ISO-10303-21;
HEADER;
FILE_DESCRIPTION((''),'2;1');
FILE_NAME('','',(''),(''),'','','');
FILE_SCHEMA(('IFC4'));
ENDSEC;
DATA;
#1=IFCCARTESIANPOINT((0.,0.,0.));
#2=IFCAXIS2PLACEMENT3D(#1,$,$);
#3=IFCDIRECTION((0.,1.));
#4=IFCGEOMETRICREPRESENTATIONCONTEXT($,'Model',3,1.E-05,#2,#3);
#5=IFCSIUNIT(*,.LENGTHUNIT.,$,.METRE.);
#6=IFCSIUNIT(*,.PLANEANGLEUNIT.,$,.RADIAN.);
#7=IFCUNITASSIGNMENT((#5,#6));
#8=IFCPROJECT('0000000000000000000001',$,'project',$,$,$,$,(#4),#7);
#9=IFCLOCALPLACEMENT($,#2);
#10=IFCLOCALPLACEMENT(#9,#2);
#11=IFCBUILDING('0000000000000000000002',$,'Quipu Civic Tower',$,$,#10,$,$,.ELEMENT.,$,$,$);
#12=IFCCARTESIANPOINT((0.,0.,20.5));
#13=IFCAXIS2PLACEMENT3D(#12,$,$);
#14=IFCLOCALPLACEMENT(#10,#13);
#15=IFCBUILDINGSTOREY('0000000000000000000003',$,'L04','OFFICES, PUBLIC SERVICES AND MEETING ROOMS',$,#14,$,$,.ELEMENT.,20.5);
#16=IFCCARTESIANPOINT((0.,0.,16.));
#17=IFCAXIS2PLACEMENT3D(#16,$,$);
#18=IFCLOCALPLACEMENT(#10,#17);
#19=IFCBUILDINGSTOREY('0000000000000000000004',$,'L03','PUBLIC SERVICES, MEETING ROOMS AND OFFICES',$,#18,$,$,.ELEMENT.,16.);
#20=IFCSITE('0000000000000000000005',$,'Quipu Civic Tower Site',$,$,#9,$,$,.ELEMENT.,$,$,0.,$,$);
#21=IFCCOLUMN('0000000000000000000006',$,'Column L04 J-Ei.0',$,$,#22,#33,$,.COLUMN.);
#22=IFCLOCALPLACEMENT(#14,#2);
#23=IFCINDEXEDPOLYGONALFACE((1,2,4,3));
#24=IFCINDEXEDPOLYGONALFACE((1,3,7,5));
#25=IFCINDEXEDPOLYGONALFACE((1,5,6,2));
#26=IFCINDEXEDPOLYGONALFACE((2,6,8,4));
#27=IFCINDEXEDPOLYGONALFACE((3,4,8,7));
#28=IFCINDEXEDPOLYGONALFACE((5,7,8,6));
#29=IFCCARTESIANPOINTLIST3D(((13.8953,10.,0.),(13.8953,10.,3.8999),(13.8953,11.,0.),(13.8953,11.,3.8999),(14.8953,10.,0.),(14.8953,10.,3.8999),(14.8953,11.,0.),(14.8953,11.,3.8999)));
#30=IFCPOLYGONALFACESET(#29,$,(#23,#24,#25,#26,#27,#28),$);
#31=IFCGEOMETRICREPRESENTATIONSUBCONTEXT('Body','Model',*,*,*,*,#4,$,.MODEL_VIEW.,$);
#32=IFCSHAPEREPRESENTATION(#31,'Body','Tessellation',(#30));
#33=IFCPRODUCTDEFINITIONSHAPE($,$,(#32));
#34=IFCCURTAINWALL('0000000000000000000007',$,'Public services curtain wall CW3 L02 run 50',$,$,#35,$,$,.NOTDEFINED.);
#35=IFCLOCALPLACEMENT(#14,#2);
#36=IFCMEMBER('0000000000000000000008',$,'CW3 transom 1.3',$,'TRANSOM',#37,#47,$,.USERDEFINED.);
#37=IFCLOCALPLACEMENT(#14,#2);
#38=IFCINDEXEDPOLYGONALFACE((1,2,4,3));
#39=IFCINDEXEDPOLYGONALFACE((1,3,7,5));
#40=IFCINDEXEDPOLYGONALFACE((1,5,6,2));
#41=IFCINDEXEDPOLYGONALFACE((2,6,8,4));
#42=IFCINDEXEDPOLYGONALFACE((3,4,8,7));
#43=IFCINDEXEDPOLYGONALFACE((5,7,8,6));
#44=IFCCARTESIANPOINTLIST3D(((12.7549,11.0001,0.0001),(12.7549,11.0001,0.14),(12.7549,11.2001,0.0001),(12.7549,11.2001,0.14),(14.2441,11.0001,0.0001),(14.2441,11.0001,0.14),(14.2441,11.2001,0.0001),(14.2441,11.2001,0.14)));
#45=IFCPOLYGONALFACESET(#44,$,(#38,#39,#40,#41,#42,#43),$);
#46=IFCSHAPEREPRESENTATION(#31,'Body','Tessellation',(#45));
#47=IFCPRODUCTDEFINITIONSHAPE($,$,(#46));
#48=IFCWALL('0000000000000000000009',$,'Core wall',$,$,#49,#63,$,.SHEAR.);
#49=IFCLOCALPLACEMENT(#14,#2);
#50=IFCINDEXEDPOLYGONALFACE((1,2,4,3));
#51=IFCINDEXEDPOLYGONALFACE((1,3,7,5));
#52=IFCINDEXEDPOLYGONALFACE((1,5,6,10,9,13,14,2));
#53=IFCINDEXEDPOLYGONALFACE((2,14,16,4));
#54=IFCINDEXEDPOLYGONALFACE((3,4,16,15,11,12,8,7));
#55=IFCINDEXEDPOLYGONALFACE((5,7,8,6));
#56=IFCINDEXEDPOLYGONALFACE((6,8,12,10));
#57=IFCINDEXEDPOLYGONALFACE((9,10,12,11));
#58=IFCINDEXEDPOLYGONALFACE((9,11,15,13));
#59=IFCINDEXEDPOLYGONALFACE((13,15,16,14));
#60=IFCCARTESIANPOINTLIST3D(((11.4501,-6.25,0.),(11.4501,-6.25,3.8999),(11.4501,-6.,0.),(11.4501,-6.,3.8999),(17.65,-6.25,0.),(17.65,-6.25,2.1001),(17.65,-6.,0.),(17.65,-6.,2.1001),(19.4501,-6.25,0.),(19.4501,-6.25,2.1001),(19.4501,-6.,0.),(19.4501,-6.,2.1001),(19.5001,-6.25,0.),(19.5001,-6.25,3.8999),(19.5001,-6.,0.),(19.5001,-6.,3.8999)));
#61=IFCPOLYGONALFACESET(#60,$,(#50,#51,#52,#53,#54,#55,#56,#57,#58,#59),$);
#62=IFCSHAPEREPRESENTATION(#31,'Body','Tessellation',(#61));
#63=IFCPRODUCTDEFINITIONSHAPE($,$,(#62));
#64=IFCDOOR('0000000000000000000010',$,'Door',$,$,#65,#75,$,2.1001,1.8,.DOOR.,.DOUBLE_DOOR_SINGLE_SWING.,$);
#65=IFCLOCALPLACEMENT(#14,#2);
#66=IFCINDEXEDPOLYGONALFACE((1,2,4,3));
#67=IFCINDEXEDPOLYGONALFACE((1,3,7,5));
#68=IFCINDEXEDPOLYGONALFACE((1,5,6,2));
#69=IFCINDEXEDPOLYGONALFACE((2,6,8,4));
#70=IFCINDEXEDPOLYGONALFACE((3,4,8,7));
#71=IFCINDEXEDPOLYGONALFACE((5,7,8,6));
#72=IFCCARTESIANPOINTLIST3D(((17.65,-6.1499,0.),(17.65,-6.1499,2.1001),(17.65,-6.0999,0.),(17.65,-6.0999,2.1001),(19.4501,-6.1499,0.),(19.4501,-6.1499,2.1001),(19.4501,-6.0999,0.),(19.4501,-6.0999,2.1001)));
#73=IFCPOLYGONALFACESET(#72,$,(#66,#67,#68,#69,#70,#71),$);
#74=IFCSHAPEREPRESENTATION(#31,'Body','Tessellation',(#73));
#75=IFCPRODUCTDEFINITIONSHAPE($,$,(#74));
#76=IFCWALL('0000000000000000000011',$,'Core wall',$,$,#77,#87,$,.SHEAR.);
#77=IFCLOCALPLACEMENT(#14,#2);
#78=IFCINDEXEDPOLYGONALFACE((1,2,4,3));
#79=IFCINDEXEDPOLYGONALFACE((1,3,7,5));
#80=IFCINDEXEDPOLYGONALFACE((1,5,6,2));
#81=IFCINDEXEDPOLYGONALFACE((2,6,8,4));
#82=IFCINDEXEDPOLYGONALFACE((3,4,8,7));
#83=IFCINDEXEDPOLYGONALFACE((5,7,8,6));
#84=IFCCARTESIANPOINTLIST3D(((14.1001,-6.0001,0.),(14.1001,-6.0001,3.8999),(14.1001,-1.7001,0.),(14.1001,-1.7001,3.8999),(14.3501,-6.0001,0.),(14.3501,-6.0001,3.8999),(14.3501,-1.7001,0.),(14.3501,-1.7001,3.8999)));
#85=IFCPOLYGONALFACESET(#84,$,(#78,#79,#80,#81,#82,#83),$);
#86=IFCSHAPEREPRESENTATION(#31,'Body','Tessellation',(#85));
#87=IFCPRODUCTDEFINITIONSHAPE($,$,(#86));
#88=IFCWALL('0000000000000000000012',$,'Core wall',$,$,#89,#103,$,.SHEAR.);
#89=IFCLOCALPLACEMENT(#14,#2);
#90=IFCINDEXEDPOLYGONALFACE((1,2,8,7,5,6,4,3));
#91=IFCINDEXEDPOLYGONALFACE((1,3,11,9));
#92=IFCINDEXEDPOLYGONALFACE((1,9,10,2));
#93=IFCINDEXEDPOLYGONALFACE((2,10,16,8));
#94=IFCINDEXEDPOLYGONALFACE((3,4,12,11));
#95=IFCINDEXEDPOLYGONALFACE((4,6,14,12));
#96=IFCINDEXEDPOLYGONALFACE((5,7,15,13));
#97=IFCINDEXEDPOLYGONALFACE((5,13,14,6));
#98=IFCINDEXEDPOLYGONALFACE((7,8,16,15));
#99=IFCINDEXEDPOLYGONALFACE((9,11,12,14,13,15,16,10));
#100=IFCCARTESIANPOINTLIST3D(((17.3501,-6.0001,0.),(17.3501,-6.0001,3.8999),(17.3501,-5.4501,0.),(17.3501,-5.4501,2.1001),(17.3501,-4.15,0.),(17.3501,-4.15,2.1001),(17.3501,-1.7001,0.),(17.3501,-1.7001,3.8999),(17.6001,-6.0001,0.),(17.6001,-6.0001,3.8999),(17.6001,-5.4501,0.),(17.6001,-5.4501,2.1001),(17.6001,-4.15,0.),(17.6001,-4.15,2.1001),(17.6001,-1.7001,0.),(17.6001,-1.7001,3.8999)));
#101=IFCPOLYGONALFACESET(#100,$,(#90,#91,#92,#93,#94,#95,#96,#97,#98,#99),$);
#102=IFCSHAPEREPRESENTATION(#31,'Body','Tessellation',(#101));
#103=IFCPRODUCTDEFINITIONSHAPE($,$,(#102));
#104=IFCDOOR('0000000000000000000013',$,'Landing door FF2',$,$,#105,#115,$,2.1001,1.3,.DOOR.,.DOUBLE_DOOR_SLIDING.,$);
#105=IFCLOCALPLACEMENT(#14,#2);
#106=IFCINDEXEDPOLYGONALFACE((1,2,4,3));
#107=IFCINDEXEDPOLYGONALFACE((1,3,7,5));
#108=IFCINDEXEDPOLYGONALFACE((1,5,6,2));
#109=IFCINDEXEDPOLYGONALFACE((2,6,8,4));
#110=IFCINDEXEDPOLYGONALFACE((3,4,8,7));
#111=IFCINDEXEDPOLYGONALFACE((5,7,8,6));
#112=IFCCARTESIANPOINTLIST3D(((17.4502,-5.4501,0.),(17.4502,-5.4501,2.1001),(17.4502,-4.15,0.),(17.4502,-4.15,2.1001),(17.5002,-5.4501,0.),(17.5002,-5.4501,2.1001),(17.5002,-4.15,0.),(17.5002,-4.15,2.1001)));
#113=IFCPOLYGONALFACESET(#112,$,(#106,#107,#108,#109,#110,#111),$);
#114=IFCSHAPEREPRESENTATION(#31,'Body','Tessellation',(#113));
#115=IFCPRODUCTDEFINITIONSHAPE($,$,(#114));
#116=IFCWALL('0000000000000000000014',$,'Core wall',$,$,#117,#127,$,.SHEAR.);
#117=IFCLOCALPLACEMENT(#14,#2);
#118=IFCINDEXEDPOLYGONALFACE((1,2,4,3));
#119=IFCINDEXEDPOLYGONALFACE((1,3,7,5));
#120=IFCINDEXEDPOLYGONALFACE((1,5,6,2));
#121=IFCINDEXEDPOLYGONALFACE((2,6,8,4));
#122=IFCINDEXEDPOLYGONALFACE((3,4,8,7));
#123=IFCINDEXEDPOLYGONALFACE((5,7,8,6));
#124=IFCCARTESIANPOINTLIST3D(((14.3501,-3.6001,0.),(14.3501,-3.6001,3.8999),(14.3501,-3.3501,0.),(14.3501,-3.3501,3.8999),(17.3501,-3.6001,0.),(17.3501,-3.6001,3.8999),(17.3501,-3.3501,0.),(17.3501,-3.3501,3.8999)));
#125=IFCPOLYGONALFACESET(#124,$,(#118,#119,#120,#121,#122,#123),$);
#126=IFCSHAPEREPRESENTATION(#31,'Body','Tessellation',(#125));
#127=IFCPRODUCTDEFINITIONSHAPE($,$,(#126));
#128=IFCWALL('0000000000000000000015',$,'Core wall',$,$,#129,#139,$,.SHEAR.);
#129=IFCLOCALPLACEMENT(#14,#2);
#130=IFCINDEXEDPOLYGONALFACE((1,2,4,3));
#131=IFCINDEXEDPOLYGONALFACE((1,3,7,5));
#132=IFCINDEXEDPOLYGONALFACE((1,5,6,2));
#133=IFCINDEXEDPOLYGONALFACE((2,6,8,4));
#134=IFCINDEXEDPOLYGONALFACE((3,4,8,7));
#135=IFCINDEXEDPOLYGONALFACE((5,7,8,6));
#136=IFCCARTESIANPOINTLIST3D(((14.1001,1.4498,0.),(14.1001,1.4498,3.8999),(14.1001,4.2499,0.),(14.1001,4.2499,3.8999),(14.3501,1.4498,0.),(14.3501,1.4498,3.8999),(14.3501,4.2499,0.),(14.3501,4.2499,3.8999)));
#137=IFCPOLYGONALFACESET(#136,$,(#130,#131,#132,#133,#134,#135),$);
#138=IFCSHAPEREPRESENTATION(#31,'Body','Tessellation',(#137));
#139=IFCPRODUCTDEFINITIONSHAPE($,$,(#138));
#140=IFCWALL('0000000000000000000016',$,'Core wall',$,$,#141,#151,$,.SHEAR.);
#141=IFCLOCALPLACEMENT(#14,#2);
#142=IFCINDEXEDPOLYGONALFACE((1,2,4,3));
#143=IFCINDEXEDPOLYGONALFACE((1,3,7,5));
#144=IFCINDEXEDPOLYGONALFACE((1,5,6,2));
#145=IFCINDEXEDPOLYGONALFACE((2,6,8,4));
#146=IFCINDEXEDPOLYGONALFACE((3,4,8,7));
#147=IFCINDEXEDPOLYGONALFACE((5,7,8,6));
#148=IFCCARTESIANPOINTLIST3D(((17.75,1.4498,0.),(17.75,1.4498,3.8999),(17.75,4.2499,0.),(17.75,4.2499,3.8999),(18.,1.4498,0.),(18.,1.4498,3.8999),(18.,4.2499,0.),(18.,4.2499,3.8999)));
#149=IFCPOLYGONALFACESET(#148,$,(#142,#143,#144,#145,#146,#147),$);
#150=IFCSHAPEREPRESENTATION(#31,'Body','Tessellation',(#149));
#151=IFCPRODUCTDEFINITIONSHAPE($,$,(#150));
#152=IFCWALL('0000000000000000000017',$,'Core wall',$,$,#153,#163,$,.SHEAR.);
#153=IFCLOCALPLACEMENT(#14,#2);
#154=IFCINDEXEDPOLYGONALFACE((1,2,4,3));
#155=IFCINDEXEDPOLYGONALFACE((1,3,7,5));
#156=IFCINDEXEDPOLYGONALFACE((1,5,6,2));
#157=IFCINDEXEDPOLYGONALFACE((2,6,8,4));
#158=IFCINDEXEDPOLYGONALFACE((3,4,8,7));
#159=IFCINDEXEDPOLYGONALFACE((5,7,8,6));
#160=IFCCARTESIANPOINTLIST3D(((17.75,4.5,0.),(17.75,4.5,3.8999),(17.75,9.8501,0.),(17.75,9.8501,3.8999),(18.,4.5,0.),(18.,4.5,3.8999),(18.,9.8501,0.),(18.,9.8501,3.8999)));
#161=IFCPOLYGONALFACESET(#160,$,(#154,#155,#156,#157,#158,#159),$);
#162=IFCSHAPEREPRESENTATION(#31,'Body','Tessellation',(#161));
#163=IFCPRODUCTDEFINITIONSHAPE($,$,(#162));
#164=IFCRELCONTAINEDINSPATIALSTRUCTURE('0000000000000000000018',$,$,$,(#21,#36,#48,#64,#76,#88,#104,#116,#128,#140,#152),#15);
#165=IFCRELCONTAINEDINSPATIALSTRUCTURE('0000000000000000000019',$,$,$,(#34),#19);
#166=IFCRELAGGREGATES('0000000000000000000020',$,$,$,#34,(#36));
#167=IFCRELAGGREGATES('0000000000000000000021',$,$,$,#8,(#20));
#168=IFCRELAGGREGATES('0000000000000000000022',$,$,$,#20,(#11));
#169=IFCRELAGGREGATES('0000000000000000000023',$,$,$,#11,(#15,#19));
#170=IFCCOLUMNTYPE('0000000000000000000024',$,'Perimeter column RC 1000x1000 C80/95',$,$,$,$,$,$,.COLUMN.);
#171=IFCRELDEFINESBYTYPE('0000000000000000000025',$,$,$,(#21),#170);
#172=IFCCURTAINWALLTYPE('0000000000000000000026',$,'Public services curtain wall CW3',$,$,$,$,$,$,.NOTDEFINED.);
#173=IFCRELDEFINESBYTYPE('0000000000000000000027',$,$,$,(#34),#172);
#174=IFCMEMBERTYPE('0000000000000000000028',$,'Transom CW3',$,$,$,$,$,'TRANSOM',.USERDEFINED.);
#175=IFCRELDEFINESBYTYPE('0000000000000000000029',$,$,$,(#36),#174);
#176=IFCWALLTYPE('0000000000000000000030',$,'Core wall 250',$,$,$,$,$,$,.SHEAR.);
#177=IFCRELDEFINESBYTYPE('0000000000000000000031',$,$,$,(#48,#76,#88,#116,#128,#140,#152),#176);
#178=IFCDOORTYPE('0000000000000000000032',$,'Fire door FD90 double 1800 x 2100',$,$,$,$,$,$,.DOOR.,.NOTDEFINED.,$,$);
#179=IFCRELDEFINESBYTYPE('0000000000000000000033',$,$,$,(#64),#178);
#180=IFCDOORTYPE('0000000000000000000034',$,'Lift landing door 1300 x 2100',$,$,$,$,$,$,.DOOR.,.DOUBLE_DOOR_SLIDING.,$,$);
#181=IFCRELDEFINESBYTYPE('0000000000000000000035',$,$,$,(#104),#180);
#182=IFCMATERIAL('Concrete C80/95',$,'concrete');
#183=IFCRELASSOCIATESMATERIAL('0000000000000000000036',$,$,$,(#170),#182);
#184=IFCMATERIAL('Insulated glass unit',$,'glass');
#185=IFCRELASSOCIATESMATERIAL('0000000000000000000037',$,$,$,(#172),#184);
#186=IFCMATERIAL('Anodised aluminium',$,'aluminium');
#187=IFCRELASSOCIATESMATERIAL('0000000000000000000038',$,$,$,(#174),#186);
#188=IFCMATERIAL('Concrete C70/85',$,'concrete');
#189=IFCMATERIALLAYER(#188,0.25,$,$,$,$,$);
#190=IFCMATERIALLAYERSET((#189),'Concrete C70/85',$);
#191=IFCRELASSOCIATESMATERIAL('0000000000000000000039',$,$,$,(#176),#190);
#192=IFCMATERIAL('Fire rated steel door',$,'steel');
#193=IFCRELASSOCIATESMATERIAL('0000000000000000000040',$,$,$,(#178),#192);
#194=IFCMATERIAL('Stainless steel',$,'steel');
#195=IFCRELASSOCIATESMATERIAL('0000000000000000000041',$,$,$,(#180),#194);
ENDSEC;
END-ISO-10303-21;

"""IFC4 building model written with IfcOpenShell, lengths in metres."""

from ifc_helpers import new_model, si_unit, direction, frame, frame_2d, origin, origin_2d, place, context, subcontext, project, spatial, rectangle, extrude, material, layer, layer_set, material_profile, profile_set, type_object, element, fill, aggregate, save


model = new_model("IFC4")

# Units and contexts
model_context = context("Model", 3, precision=1e-05, world=origin(), true_north=direction((0.0, 1.0)))
body_context = subcontext(model_context, "Body", "Model", "MODEL_VIEW")
ifc_project = project(units=[si_unit("LENGTHUNIT", "METRE"), si_unit("PLANEANGLEUNIT", "RADIAN")], contexts=[model_context])

# Site, building, storey
site_placement = place(None, origin())
site = spatial("IfcSite", under=ifc_project, at=site_placement, Name="Quipu Civic Tower Site", CompositionType="ELEMENT", RefElevation=0.0)
building_placement = place(site_placement, origin())
building = spatial("IfcBuilding", under=site, at=building_placement, Name="Quipu Civic Tower", CompositionType="ELEMENT")
storey_1_placement = place(building_placement, frame((0.0, 0.0, 20.5)))
storey_1 = spatial("IfcBuildingStorey", under=building, at=storey_1_placement, Name="L04", Description="OFFICES, PUBLIC SERVICES AND MEETING ROOMS", CompositionType="ELEMENT", Elevation=20.5)

# Column
ifc_material_1 = material(Name="Concrete C80/95", Category="concrete")
ifc_material_profile_1 = material_profile(ifc_material_1, rectangle(XDim=1.0, YDim=1.0, at=origin_2d()), Name="RC1000x1000")
ifc_profile_set_1 = profile_set([ifc_material_profile_1], Name="Concrete C80/95")
column_type = type_object("IfcColumnType", Name="Perimeter column RC 1000x1000 C80/95", PredefinedType="COLUMN", material=ifc_profile_set_1)
column_placement = place(storey_1_placement, frame((14.3953, 10.5, 0.0), z_axis=(0.0, 0.0, 1.0), x_axis=(-1.0, 0.0, 0.0)))
element("IfcColumn", 1, at=column_placement, inside=storey_1, type_object=column_type, Name="Column L04 J-Ei.0", PredefinedType="COLUMN", context=body_context, shape_type="SweptSolid", body=[
    extrude(rectangle(XDim=1.0, YDim=1.0, at=origin_2d()), origin(), (0.0, 0.0, 1.0), 3.8999),
])

# Shared definitions
storey_2_placement = place(building_placement, frame((0.0, 0.0, 16.0)))
storey_2 = spatial("IfcBuildingStorey", under=building, at=storey_2_placement, Name="L03", Description="PUBLIC SERVICES, MEETING ROOMS AND OFFICES", CompositionType="ELEMENT", Elevation=16.0)

# Curtain wall, member
ifc_material_2 = material(Name="Insulated glass unit", Category="glass")
curtain_wall_type = type_object("IfcCurtainWallType", Name="Public services curtain wall CW3", PredefinedType="NOTDEFINED", material=ifc_material_2)
curtain_wall_placement = place(storey_2_placement, origin())
curtain_wall = element("IfcCurtainWall", 2, at=curtain_wall_placement, inside=storey_2, type_object=curtain_wall_type, Name="Public services curtain wall CW3 L02 run 50", PredefinedType="NOTDEFINED")
ifc_material_3 = material(Name="Anodised aluminium", Category="aluminium")
ifc_material_profile_2 = material_profile(ifc_material_3, rectangle(XDim=0.2, YDim=0.1399, at=origin_2d()), Name="RECT 200x140")
ifc_profile_set_2 = profile_set([ifc_material_profile_2], Name="Anodised aluminium")
member_type = type_object("IfcMemberType", Name="Transom CW3", ElementType="TRANSOM", PredefinedType="USERDEFINED", material=ifc_profile_set_2)
member_placement = place(storey_1_placement, frame((14.2441, 11.1001, 0.0701), z_axis=(-1.0, 0.0, 0.0), x_axis=(0.0, -1.0, 0.0)))
member = element("IfcMember", 3, at=member_placement, inside=storey_1, type_object=member_type, Name="CW3 transom 1.3", ObjectType="TRANSOM", PredefinedType="USERDEFINED", context=body_context, shape_type="SweptSolid", body=[
    extrude(rectangle(XDim=0.2, YDim=0.1399, at=origin_2d()), origin(), (0.0, 0.0, 1.0), 1.4893),
])
aggregate(curtain_wall, [member])

# Wall, opening, door
ifc_material_4 = material(Name="Concrete C70/85", Category="concrete")
ifc_layer_1 = layer(ifc_material_4, 0.25)
ifc_layer_set_1 = layer_set([ifc_layer_1], Name="Concrete C70/85")
wall_type_1 = type_object("IfcWallType", Name="Core wall 250", PredefinedType="SHEAR", material=ifc_layer_set_1)
wall_1_placement = place(storey_1_placement, frame((19.5, -6.125, 0.0), z_axis=(0.0, 0.0, 1.0), x_axis=(-1.0, 0.0, 0.0)))
wall_1 = element("IfcWall", 4, at=wall_1_placement, inside=storey_1, type_object=wall_type_1, Name="Core wall", PredefinedType="SHEAR", context=body_context, shape_type="SweptSolid", body=[
    extrude(rectangle(XDim=8.05, YDim=0.25, at=frame_2d((4.0249, 0.0))), origin(), (0.0, 0.0, 1.0), 3.8999),
])
opening_1_placement = place(wall_1_placement, frame((0.05, 0.0, 0.0)))
opening_1 = element("IfcOpeningElement", 5, at=opening_1_placement, cuts=wall_1, PredefinedType="OPENING", context=body_context, shape_type="SweptSolid", body=[
    extrude(rectangle(XDim=1.8, YDim=2.1001, at=frame_2d((0.8999, 1.05))), frame((0.0, 0.135, 0.0), z_axis=(0.0, -1.0, 0.0), x_axis=(1.0, 0.0, 0.0)), (0.0, 0.0, 1.0), 0.27),
])
ifc_material_5 = material(Name="Fire rated steel door", Category="steel")
door_type_1 = type_object("IfcDoorType", Name="Fire door FD90 double 1800 x 2100", OperationType="NOTDEFINED", PredefinedType="DOOR", material=ifc_material_5)
door_1_placement = place(opening_1_placement, origin())
door_1 = element("IfcDoor", 6, at=door_1_placement, inside=storey_1, type_object=door_type_1, Name="Door", OperationType="DOUBLE_DOOR_SINGLE_SWING", OverallHeight=2.1001, OverallWidth=1.8, PredefinedType="DOOR", context=body_context, shape_type="SweptSolid", body=[
    extrude(rectangle(XDim=1.8, YDim=2.1001, at=frame_2d((0.8999, 1.05))), frame((0.0, 0.0249, 0.0), z_axis=(0.0, -1.0, 0.0), x_axis=(1.0, 0.0, 0.0)), (0.0, 0.0, 1.0), 0.05),
])
fill(opening_1, door_1)

# Wall
wall_2_placement = place(storey_1_placement, frame((14.2251, -6.0, 0.0), z_axis=(0.0, 0.0, 1.0), x_axis=(0.0, 1.0, 0.0)))
element("IfcWall", 7, at=wall_2_placement, inside=storey_1, type_object=wall_type_1, Name="Core wall", PredefinedType="SHEAR", context=body_context, shape_type="SweptSolid", body=[
    extrude(rectangle(XDim=4.3, YDim=0.25, at=frame_2d((2.1499, 0.0))), origin(), (0.0, 0.0, 1.0), 3.8999),
])

# Wall, opening, door
wall_3_placement = place(storey_1_placement, frame((17.4751, -6.0, 0.0), z_axis=(0.0, 0.0, 1.0), x_axis=(0.0, 1.0, 0.0)))
wall_3 = element("IfcWall", 8, at=wall_3_placement, inside=storey_1, type_object=wall_type_1, Name="Core wall", PredefinedType="SHEAR", context=body_context, shape_type="SweptSolid", body=[
    extrude(rectangle(XDim=4.3, YDim=0.25, at=frame_2d((2.1499, 0.0))), origin(), (0.0, 0.0, 1.0), 3.8999),
])
opening_2_placement = place(wall_3_placement, frame((0.55, 0.0, 0.0)))
opening_2 = element("IfcOpeningElement", 9, at=opening_2_placement, cuts=wall_3, PredefinedType="OPENING", context=body_context, shape_type="SweptSolid", body=[
    extrude(rectangle(XDim=1.3, YDim=2.1001, at=frame_2d((0.6499, 1.05))), frame((0.0, 0.135, 0.0), z_axis=(0.0, -1.0, 0.0), x_axis=(1.0, 0.0, 0.0)), (0.0, 0.0, 1.0), 0.27),
])
ifc_material_6 = material(Name="Stainless steel", Category="steel")
door_type_2 = type_object("IfcDoorType", Name="Lift landing door 1300 x 2100", OperationType="DOUBLE_DOOR_SLIDING", PredefinedType="DOOR", material=ifc_material_6)
door_2_placement = place(opening_2_placement, origin())
door_2 = element("IfcDoor", 10, at=door_2_placement, inside=storey_1, type_object=door_type_2, Name="Landing door FF2", OperationType="DOUBLE_DOOR_SLIDING", OverallHeight=2.1001, OverallWidth=1.3, PredefinedType="DOOR", context=body_context, shape_type="SweptSolid", body=[
    extrude(rectangle(XDim=1.3, YDim=2.1001, at=frame_2d((0.6499, 1.05))), frame((0.0, 0.0249, 0.0), z_axis=(0.0, -1.0, 0.0), x_axis=(1.0, 0.0, 0.0)), (0.0, 0.0, 1.0), 0.05),
])
fill(opening_2, door_2)

# Walls
wall_4_placement = place(storey_1_placement, frame((14.3501, -3.4751, 0.0), z_axis=(0.0, 0.0, 1.0), x_axis=(1.0, 0.0, 0.0)))
element("IfcWall", 11, at=wall_4_placement, inside=storey_1, type_object=wall_type_1, Name="Core wall", PredefinedType="SHEAR", context=body_context, shape_type="SweptSolid", body=[
    extrude(rectangle(XDim=3.0, YDim=0.25, at=frame_2d((1.5, 0.0))), origin(), (0.0, 0.0, 1.0), 3.8999),
])
for number, where, z_axis, x_axis, name in (
    (12, (14.2251, 1.45, 0.0), (0.0, 0.0, 1.0), (0.0, 1.0, 0.0), "Core wall"),
    (13, (17.875, 1.45, 0.0), (0.0, 0.0, 1.0), (0.0, 1.0, 0.0), "Core wall"),
):
    element("IfcWall", number, at=place(storey_1_placement, frame(where, z_axis=z_axis, x_axis=x_axis)), inside=storey_1, type_object=wall_type_1, Name=name, PredefinedType="SHEAR", context=body_context, shape_type="SweptSolid", body=[
        extrude(rectangle(XDim=2.8, YDim=0.25, at=frame_2d((1.3999, 0.0))), origin(), (0.0, 0.0, 1.0), 3.8999),
    ])
wall_5_placement = place(storey_1_placement, frame((17.875, 4.5, 0.0), z_axis=(0.0, 0.0, 1.0), x_axis=(0.0, 1.0, 0.0)))
element("IfcWall", 14, at=wall_5_placement, inside=storey_1, type_object=wall_type_1, Name="Core wall", PredefinedType="SHEAR", context=body_context, shape_type="SweptSolid", body=[
    extrude(rectangle(XDim=5.3501, YDim=0.25, at=frame_2d((2.675, 0.0))), origin(), (0.0, 0.0, 1.0), 3.8999),
])

save(model, "model.ifc")
